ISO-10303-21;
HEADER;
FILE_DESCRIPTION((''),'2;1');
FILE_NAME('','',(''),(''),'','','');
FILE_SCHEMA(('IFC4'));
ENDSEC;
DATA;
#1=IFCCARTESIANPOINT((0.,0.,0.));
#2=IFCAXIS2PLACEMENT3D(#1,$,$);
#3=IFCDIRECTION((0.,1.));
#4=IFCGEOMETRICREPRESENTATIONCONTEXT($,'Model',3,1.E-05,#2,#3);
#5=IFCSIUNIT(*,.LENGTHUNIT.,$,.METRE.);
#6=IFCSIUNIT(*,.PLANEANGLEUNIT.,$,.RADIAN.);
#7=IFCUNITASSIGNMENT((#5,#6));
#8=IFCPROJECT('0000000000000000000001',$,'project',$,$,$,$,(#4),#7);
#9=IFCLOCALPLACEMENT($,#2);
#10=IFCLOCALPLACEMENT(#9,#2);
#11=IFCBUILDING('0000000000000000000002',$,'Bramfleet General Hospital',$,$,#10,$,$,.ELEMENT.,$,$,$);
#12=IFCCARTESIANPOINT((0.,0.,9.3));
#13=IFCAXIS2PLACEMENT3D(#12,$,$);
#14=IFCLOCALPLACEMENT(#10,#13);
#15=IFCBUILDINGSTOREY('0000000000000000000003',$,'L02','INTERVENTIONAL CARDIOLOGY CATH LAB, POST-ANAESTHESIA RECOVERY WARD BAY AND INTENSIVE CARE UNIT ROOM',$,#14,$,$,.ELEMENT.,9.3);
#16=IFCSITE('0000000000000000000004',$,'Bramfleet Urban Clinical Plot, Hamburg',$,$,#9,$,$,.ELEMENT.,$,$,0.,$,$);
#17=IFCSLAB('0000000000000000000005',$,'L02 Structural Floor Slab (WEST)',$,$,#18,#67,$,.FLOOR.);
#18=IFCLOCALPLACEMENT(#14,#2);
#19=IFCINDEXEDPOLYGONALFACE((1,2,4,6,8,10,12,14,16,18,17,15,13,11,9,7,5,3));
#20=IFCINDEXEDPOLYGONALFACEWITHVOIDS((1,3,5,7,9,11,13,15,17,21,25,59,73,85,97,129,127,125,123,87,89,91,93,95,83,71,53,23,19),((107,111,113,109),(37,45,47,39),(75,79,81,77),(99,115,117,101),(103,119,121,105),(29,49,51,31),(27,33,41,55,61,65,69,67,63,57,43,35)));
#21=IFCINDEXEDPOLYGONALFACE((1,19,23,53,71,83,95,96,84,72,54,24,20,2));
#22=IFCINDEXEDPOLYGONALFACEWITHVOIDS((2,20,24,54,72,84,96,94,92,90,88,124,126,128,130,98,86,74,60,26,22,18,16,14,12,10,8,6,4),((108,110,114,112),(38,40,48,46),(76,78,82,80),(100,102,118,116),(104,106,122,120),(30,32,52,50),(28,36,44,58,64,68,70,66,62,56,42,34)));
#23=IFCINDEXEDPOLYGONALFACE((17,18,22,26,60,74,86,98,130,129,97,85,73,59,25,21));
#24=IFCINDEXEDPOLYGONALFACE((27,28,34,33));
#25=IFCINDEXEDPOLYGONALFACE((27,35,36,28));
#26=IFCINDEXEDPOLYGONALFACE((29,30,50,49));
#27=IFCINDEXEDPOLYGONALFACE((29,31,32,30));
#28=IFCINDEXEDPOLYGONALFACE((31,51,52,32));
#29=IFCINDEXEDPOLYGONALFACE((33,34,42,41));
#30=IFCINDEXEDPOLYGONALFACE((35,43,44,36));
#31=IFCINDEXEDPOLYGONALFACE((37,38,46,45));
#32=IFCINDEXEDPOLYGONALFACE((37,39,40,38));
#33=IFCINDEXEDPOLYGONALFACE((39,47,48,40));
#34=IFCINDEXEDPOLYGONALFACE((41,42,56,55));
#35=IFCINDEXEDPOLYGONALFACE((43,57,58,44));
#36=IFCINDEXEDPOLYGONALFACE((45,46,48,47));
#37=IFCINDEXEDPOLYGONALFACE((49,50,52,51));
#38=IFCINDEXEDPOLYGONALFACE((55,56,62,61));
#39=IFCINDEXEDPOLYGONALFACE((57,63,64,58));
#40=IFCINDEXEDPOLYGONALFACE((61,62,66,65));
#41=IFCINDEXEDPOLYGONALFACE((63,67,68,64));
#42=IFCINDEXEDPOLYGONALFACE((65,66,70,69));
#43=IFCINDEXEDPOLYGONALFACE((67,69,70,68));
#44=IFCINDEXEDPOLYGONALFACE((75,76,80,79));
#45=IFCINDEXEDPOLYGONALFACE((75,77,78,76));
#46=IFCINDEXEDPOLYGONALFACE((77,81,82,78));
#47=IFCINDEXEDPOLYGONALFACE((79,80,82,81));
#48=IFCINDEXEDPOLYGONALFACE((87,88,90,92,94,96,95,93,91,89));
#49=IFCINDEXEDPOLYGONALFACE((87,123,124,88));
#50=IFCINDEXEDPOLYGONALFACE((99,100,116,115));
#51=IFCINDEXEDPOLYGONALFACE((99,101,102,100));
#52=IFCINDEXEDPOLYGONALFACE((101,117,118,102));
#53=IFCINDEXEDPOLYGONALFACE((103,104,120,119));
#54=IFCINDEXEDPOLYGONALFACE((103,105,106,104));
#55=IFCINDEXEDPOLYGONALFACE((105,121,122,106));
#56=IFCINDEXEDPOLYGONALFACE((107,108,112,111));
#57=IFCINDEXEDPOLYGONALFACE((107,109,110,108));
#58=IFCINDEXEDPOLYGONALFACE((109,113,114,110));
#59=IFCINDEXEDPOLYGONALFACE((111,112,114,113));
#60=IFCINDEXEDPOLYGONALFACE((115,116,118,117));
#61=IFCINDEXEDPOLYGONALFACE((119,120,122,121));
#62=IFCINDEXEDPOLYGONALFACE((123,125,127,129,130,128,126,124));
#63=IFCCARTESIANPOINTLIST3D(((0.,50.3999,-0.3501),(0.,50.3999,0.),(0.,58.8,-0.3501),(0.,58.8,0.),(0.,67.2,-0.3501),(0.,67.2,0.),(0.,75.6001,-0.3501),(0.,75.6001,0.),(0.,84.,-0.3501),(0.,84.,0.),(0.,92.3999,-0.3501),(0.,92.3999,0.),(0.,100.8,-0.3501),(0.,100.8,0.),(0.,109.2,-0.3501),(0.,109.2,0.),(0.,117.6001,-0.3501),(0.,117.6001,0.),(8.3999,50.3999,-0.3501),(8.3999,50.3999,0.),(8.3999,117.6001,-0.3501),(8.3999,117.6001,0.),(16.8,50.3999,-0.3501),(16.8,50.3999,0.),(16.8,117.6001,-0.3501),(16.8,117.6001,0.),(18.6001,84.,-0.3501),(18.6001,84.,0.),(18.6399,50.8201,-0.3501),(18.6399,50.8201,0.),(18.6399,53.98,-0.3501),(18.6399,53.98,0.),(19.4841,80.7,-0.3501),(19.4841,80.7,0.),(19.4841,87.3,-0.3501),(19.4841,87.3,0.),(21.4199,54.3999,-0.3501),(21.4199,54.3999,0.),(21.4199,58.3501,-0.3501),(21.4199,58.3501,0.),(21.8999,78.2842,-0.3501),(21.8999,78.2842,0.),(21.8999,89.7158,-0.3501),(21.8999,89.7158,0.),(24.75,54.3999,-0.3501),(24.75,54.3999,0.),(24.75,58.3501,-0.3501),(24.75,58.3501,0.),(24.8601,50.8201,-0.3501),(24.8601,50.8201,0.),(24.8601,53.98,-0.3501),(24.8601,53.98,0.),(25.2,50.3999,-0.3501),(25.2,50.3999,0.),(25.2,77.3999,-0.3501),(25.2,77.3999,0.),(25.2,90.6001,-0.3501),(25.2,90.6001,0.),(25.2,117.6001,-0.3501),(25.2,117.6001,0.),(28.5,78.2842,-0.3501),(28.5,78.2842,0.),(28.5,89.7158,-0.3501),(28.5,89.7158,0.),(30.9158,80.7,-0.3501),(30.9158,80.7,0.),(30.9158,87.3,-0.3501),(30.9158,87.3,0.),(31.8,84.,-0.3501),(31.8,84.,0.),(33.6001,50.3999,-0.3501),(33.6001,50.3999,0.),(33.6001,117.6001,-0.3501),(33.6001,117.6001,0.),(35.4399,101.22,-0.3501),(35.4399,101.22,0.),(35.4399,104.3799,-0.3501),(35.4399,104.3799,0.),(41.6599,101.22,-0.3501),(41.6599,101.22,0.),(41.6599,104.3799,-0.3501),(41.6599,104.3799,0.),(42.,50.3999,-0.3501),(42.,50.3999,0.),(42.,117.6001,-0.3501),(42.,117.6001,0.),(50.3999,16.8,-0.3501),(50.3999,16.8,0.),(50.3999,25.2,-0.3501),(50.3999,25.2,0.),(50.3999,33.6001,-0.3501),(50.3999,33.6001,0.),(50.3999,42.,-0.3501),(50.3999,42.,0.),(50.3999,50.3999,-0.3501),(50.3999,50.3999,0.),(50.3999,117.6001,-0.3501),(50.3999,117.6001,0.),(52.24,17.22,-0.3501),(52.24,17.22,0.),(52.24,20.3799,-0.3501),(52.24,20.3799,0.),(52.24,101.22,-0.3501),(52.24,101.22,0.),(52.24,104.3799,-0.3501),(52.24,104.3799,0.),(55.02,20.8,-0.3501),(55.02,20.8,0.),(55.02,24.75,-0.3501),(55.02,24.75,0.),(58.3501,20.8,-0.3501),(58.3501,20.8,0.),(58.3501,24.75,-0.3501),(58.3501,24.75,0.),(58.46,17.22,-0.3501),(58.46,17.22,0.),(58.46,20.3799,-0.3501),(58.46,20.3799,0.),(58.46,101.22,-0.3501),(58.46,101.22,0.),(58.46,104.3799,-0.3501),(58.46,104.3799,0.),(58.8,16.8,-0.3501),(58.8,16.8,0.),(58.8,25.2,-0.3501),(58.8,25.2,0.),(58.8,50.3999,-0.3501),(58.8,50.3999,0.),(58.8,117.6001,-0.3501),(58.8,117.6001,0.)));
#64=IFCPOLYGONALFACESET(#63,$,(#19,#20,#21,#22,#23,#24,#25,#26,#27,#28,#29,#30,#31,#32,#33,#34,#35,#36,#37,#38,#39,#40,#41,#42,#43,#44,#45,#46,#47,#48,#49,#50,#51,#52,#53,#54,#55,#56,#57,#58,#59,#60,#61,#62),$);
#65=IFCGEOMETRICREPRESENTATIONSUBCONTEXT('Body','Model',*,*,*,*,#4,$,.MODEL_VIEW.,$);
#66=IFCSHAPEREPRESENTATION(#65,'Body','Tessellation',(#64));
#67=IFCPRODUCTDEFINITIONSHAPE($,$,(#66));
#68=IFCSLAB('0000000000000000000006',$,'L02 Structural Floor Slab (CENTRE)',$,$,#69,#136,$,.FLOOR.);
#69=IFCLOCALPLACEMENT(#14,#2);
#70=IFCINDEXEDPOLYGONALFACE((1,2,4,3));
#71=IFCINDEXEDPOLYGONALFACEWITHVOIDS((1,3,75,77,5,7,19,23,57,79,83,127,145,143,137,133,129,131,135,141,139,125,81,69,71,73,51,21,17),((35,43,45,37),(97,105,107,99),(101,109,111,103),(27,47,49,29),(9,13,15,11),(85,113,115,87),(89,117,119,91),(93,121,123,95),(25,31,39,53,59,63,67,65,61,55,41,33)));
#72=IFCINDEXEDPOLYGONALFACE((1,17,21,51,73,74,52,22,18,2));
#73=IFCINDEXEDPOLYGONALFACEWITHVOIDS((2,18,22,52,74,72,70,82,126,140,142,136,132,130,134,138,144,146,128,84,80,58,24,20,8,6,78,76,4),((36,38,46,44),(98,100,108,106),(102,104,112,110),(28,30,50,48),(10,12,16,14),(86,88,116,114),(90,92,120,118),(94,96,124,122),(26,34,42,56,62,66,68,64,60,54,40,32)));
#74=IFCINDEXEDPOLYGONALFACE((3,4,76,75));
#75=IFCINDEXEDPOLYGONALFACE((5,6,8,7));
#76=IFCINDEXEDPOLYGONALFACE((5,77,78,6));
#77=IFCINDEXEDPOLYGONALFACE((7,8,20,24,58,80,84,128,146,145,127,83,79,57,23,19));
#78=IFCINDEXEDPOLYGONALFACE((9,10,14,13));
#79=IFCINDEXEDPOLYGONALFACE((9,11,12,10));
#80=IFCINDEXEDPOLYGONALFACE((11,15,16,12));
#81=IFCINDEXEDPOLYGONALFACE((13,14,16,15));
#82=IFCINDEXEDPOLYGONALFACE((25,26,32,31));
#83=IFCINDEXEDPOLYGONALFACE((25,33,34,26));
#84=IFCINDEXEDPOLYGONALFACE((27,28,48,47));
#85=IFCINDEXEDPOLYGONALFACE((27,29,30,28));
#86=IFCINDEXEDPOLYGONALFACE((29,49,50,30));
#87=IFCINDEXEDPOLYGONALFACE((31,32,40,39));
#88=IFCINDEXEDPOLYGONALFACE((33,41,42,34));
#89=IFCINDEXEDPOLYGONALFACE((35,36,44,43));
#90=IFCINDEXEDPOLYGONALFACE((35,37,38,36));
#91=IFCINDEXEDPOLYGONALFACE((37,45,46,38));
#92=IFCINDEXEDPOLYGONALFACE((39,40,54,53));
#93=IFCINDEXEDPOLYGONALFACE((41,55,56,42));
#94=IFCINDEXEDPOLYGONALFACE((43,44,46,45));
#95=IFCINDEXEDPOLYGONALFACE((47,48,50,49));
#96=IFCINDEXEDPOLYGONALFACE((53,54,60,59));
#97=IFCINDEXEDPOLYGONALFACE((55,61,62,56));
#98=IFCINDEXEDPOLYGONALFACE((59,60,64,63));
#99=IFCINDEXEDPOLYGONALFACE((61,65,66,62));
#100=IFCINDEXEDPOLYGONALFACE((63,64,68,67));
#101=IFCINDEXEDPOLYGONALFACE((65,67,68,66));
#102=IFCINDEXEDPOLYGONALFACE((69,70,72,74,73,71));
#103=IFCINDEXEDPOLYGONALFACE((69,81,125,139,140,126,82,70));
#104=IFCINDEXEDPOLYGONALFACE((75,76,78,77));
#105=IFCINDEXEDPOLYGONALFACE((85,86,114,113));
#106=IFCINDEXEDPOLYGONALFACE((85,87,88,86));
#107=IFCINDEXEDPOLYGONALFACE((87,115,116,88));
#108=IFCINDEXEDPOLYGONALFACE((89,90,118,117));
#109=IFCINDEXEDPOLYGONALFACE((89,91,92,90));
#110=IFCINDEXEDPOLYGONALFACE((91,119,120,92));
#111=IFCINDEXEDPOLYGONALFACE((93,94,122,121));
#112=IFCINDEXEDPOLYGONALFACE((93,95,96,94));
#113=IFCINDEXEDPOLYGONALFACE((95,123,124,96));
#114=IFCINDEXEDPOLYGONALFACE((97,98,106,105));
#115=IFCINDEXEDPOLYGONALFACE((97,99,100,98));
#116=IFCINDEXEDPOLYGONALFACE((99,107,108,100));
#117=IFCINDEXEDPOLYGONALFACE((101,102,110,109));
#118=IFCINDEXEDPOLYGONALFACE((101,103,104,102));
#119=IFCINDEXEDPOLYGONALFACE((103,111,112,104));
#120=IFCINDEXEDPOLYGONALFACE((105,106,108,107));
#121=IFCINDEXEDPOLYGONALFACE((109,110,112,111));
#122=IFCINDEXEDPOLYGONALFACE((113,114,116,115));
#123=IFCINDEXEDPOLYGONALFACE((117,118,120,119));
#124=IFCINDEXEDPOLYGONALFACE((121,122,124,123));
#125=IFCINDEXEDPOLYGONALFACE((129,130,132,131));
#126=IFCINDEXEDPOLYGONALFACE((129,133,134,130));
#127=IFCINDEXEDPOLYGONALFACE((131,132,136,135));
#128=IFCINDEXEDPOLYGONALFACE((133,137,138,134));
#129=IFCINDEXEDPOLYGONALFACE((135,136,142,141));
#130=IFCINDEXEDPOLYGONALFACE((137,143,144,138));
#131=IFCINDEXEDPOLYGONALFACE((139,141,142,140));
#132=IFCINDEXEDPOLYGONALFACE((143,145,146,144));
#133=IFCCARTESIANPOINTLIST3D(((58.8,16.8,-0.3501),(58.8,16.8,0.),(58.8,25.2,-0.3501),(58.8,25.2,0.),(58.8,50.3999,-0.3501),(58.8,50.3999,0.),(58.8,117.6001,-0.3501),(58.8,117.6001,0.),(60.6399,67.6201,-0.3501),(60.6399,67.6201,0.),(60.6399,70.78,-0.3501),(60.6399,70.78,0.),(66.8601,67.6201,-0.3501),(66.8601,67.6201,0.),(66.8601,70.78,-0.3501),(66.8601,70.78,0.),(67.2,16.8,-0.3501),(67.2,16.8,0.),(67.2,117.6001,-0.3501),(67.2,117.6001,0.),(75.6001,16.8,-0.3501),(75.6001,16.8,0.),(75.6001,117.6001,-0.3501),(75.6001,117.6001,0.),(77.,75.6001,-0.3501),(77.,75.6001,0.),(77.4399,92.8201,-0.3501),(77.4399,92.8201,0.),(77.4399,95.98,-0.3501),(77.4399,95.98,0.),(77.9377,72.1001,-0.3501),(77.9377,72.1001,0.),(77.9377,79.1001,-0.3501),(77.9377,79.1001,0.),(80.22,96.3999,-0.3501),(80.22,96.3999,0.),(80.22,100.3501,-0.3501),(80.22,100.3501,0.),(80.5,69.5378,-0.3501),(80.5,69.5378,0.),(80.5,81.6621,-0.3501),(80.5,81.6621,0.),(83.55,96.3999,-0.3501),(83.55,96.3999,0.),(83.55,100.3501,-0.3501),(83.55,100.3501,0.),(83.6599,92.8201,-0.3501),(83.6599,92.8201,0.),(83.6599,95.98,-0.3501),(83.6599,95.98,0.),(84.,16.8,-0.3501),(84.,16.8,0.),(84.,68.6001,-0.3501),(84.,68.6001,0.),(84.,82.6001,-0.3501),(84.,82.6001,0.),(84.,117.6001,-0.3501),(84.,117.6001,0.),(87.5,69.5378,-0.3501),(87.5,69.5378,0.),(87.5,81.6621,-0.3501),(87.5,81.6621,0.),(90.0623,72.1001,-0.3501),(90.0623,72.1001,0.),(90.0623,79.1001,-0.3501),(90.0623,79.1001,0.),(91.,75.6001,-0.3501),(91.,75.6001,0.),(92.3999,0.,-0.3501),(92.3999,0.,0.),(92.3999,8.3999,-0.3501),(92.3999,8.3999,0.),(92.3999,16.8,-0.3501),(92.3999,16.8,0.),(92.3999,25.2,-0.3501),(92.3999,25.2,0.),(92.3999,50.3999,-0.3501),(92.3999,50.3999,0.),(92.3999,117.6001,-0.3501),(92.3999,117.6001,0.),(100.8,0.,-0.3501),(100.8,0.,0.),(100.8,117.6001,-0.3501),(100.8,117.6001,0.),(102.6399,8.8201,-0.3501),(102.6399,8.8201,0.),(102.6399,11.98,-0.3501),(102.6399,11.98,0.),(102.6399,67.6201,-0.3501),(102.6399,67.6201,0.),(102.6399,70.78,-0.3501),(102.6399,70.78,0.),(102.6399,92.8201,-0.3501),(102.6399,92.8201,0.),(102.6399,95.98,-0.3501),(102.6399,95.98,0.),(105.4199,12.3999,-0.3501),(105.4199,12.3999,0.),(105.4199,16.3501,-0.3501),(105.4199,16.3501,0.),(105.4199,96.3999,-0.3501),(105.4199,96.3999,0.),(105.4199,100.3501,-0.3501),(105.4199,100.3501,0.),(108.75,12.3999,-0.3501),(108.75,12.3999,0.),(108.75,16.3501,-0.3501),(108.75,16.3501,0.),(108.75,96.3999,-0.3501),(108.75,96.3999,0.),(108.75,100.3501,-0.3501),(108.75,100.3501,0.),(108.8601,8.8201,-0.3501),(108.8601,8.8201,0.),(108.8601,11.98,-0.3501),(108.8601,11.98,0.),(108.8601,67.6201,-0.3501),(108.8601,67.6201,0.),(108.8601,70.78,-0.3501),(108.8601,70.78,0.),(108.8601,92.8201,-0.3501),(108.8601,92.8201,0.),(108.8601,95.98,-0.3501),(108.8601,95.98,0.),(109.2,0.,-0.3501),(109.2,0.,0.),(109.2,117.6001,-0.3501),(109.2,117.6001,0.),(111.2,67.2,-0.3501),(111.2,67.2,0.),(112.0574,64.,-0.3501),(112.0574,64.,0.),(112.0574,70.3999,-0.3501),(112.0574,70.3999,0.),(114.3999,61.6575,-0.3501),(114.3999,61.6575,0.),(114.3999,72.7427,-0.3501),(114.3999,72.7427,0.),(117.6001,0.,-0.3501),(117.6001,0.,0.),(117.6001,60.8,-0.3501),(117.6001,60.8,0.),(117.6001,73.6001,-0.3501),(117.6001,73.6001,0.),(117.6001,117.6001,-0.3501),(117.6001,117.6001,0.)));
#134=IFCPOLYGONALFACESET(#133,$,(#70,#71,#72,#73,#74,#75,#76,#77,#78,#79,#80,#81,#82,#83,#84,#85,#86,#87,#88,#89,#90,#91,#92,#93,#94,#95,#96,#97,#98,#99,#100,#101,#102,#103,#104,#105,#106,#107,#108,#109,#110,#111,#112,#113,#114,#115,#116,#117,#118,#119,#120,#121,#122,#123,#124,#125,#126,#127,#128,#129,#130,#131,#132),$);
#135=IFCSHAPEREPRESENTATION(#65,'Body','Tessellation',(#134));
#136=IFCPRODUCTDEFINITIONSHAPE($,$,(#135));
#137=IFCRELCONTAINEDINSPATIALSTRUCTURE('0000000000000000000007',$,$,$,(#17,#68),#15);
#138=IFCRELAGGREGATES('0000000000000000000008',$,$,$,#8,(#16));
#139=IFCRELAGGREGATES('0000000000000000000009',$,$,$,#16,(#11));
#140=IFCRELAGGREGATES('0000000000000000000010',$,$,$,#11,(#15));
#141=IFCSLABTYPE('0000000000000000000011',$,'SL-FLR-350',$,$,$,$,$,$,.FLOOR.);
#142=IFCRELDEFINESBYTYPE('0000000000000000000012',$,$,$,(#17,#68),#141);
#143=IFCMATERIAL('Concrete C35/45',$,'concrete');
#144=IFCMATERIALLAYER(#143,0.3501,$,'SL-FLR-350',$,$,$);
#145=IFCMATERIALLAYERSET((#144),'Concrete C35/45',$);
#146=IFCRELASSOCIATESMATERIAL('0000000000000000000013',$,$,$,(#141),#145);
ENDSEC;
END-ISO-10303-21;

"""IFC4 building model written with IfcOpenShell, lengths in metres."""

from ifc_helpers import new_model, si_unit, direction, frame, origin, place, context, subcontext, project, spatial, polyline, outline, extrude, material, layer, layer_set, type_object, element, save


model = new_model("IFC4")

# Units and contexts
model_context = context("Model", 3, precision=1e-05, world=origin(), true_north=direction((0.0, 1.0)))
body_context = subcontext(model_context, "Body", "Model", "MODEL_VIEW")
ifc_project = project(units=[si_unit("LENGTHUNIT", "METRE"), si_unit("PLANEANGLEUNIT", "RADIAN")], contexts=[model_context])

# Site, building, storey
site_placement = place(None, origin())
site = spatial("IfcSite", under=ifc_project, at=site_placement, Name="Bramfleet Urban Clinical Plot, Hamburg", CompositionType="ELEMENT", RefElevation=0.0)
building_placement = place(site_placement, origin())
building = spatial("IfcBuilding", under=site, at=building_placement, Name="Bramfleet General Hospital", CompositionType="ELEMENT")
storey_placement = place(building_placement, frame((0.0, 0.0, 9.3)))
storey = spatial("IfcBuildingStorey", under=building, at=storey_placement, Name="L02", Description="INTERVENTIONAL CARDIOLOGY CATH LAB, POST-ANAESTHESIA RECOVERY WARD BAY AND INTENSIVE CARE UNIT ROOM", CompositionType="ELEMENT", Elevation=9.3)

# Slabs
ifc_material_1 = material(Name="Concrete C35/45", Category="concrete")
ifc_layer_1 = layer(ifc_material_1, 0.3501, Name="SL-FLR-350")
ifc_layer_set_1 = layer_set([ifc_layer_1], Name="Concrete C35/45")
slab_type_1 = type_object("IfcSlabType", Name="SL-FLR-350", PredefinedType="FLOOR", material=ifc_layer_set_1)
slab_1_placement = place(storey_placement, frame((0.0, 0.0, -0.3501)))
element("IfcSlab", 1, at=slab_1_placement, inside=storey, type_object=slab_type_1, Name="L02 Structural Floor Slab (WEST)", PredefinedType="FLOOR", context=body_context, shape_type="SweptSolid", body=[
    extrude(outline(polyline([(0.0, 58.8), (0.0, 67.2), (0.0, 75.6001), (0.0, 84.0), (0.0, 92.3999), (0.0, 100.8), (0.0, 109.2), (0.0, 117.6001), (8.3999, 117.6001), (16.8, 117.6001), (25.2, 117.6001), (33.6001, 117.6001), (42.0, 117.6001), (50.3999, 117.6001), (58.8, 117.6001), (58.8, 50.3999), (58.8, 25.2), (58.8, 16.8), (50.3999, 16.8), (50.3999, 25.2), (50.3999, 33.6001), (50.3999, 42.0), (50.3999, 50.3999), (42.0, 50.3999), (33.6001, 50.3999), (25.2, 50.3999), (16.8, 50.3999), (8.3999, 50.3999), (0.0, 50.3999), (0.0, 58.8)]), holes=[polyline([(19.4841, 80.7), (21.8999, 78.2842), (25.2, 77.3999), (28.5, 78.2842), (30.9158, 80.7), (31.8, 84.0), (30.9158, 87.3), (28.5, 89.7158), (25.2, 90.6001), (21.8999, 89.7158), (19.4841, 87.3), (18.6001, 84.0), (19.4841, 80.7)]), polyline([(52.24, 17.22), (58.46, 17.22), (58.46, 20.3799), (52.24, 20.3799), (52.24, 17.22)]), polyline([(55.02, 20.8), (58.3501, 20.8), (58.3501, 24.75), (55.02, 24.75), (55.02, 20.8)]), polyline([(18.6399, 50.8201), (24.8601, 50.8201), (24.8601, 53.98), (18.6399, 53.98), (18.6399, 50.8201)]), polyline([(21.4199, 54.3999), (24.75, 54.3999), (24.75, 58.3501), (21.4199, 58.3501), (21.4199, 54.3999)]), polyline([(35.4399, 101.22), (41.6599, 101.22), (41.6599, 104.3799), (35.4399, 104.3799), (35.4399, 101.22)]), polyline([(52.24, 101.22), (58.46, 101.22), (58.46, 104.3799), (52.24, 104.3799), (52.24, 101.22)])]), origin(), (0.0, 0.0, 1.0), 0.3501),
])
slab_2_placement = place(storey_placement, frame((0.0, 0.0, -0.3501)))
element("IfcSlab", 2, at=slab_2_placement, inside=storey, type_object=slab_type_1, Name="L02 Structural Floor Slab (CENTRE)", PredefinedType="FLOOR", context=body_context, shape_type="SweptSolid", body=[
    extrude(outline(polyline([(67.2, 117.6001), (75.6001, 117.6001), (84.0, 117.6001), (92.3999, 117.6001), (100.8, 117.6001), (109.2, 117.6001), (117.6001, 117.6001), (117.6001, 73.6001), (114.3999, 72.7427), (112.0574, 70.3999), (111.2, 67.2), (112.0574, 64.0), (114.3999, 61.6575), (117.6001, 60.8), (117.6001, 0.0), (109.2, 0.0), (100.8, 0.0), (92.3999, 0.0), (92.3999, 8.3999), (92.3999, 16.8), (84.0, 16.8), (75.6001, 16.8), (67.2, 16.8), (58.8, 16.8), (58.8, 25.2), (92.3999, 25.2), (92.3999, 50.3999), (58.8, 50.3999), (58.8, 117.6001), (67.2, 117.6001)]), holes=[polyline([(77.9377, 72.1001), (80.5, 69.5378), (84.0, 68.6001), (87.5, 69.5378), (90.0623, 72.1001), (91.0, 75.6001), (90.0623, 79.1001), (87.5, 81.6621), (84.0, 82.6001), (80.5, 81.6621), (77.9377, 79.1001), (77.0, 75.6001), (77.9377, 72.1001)]), polyline([(102.6399, 8.8201), (108.8601, 8.8201), (108.8601, 11.98), (102.6399, 11.98), (102.6399, 8.8201)]), polyline([(105.4199, 12.3999), (108.75, 12.3999), (108.75, 16.3501), (105.4199, 16.3501), (105.4199, 12.3999)]), polyline([(102.6399, 92.8201), (108.8601, 92.8201), (108.8601, 95.98), (102.6399, 95.98), (102.6399, 92.8201)]), polyline([(105.4199, 96.3999), (108.75, 96.3999), (108.75, 100.3501), (105.4199, 100.3501), (105.4199, 96.3999)]), polyline([(77.4399, 92.8201), (83.6599, 92.8201), (83.6599, 95.98), (77.4399, 95.98), (77.4399, 92.8201)]), polyline([(80.22, 96.3999), (83.55, 96.3999), (83.55, 100.3501), (80.22, 100.3501), (80.22, 96.3999)]), polyline([(102.6399, 67.6201), (108.8601, 67.6201), (108.8601, 70.78), (102.6399, 70.78), (102.6399, 67.6201)]), polyline([(60.6399, 67.6201), (66.8601, 67.6201), (66.8601, 70.78), (60.6399, 70.78), (60.6399, 67.6201)])]), origin(), (0.0, 0.0, 1.0), 0.3501),
])

save(model, "model.ifc")
